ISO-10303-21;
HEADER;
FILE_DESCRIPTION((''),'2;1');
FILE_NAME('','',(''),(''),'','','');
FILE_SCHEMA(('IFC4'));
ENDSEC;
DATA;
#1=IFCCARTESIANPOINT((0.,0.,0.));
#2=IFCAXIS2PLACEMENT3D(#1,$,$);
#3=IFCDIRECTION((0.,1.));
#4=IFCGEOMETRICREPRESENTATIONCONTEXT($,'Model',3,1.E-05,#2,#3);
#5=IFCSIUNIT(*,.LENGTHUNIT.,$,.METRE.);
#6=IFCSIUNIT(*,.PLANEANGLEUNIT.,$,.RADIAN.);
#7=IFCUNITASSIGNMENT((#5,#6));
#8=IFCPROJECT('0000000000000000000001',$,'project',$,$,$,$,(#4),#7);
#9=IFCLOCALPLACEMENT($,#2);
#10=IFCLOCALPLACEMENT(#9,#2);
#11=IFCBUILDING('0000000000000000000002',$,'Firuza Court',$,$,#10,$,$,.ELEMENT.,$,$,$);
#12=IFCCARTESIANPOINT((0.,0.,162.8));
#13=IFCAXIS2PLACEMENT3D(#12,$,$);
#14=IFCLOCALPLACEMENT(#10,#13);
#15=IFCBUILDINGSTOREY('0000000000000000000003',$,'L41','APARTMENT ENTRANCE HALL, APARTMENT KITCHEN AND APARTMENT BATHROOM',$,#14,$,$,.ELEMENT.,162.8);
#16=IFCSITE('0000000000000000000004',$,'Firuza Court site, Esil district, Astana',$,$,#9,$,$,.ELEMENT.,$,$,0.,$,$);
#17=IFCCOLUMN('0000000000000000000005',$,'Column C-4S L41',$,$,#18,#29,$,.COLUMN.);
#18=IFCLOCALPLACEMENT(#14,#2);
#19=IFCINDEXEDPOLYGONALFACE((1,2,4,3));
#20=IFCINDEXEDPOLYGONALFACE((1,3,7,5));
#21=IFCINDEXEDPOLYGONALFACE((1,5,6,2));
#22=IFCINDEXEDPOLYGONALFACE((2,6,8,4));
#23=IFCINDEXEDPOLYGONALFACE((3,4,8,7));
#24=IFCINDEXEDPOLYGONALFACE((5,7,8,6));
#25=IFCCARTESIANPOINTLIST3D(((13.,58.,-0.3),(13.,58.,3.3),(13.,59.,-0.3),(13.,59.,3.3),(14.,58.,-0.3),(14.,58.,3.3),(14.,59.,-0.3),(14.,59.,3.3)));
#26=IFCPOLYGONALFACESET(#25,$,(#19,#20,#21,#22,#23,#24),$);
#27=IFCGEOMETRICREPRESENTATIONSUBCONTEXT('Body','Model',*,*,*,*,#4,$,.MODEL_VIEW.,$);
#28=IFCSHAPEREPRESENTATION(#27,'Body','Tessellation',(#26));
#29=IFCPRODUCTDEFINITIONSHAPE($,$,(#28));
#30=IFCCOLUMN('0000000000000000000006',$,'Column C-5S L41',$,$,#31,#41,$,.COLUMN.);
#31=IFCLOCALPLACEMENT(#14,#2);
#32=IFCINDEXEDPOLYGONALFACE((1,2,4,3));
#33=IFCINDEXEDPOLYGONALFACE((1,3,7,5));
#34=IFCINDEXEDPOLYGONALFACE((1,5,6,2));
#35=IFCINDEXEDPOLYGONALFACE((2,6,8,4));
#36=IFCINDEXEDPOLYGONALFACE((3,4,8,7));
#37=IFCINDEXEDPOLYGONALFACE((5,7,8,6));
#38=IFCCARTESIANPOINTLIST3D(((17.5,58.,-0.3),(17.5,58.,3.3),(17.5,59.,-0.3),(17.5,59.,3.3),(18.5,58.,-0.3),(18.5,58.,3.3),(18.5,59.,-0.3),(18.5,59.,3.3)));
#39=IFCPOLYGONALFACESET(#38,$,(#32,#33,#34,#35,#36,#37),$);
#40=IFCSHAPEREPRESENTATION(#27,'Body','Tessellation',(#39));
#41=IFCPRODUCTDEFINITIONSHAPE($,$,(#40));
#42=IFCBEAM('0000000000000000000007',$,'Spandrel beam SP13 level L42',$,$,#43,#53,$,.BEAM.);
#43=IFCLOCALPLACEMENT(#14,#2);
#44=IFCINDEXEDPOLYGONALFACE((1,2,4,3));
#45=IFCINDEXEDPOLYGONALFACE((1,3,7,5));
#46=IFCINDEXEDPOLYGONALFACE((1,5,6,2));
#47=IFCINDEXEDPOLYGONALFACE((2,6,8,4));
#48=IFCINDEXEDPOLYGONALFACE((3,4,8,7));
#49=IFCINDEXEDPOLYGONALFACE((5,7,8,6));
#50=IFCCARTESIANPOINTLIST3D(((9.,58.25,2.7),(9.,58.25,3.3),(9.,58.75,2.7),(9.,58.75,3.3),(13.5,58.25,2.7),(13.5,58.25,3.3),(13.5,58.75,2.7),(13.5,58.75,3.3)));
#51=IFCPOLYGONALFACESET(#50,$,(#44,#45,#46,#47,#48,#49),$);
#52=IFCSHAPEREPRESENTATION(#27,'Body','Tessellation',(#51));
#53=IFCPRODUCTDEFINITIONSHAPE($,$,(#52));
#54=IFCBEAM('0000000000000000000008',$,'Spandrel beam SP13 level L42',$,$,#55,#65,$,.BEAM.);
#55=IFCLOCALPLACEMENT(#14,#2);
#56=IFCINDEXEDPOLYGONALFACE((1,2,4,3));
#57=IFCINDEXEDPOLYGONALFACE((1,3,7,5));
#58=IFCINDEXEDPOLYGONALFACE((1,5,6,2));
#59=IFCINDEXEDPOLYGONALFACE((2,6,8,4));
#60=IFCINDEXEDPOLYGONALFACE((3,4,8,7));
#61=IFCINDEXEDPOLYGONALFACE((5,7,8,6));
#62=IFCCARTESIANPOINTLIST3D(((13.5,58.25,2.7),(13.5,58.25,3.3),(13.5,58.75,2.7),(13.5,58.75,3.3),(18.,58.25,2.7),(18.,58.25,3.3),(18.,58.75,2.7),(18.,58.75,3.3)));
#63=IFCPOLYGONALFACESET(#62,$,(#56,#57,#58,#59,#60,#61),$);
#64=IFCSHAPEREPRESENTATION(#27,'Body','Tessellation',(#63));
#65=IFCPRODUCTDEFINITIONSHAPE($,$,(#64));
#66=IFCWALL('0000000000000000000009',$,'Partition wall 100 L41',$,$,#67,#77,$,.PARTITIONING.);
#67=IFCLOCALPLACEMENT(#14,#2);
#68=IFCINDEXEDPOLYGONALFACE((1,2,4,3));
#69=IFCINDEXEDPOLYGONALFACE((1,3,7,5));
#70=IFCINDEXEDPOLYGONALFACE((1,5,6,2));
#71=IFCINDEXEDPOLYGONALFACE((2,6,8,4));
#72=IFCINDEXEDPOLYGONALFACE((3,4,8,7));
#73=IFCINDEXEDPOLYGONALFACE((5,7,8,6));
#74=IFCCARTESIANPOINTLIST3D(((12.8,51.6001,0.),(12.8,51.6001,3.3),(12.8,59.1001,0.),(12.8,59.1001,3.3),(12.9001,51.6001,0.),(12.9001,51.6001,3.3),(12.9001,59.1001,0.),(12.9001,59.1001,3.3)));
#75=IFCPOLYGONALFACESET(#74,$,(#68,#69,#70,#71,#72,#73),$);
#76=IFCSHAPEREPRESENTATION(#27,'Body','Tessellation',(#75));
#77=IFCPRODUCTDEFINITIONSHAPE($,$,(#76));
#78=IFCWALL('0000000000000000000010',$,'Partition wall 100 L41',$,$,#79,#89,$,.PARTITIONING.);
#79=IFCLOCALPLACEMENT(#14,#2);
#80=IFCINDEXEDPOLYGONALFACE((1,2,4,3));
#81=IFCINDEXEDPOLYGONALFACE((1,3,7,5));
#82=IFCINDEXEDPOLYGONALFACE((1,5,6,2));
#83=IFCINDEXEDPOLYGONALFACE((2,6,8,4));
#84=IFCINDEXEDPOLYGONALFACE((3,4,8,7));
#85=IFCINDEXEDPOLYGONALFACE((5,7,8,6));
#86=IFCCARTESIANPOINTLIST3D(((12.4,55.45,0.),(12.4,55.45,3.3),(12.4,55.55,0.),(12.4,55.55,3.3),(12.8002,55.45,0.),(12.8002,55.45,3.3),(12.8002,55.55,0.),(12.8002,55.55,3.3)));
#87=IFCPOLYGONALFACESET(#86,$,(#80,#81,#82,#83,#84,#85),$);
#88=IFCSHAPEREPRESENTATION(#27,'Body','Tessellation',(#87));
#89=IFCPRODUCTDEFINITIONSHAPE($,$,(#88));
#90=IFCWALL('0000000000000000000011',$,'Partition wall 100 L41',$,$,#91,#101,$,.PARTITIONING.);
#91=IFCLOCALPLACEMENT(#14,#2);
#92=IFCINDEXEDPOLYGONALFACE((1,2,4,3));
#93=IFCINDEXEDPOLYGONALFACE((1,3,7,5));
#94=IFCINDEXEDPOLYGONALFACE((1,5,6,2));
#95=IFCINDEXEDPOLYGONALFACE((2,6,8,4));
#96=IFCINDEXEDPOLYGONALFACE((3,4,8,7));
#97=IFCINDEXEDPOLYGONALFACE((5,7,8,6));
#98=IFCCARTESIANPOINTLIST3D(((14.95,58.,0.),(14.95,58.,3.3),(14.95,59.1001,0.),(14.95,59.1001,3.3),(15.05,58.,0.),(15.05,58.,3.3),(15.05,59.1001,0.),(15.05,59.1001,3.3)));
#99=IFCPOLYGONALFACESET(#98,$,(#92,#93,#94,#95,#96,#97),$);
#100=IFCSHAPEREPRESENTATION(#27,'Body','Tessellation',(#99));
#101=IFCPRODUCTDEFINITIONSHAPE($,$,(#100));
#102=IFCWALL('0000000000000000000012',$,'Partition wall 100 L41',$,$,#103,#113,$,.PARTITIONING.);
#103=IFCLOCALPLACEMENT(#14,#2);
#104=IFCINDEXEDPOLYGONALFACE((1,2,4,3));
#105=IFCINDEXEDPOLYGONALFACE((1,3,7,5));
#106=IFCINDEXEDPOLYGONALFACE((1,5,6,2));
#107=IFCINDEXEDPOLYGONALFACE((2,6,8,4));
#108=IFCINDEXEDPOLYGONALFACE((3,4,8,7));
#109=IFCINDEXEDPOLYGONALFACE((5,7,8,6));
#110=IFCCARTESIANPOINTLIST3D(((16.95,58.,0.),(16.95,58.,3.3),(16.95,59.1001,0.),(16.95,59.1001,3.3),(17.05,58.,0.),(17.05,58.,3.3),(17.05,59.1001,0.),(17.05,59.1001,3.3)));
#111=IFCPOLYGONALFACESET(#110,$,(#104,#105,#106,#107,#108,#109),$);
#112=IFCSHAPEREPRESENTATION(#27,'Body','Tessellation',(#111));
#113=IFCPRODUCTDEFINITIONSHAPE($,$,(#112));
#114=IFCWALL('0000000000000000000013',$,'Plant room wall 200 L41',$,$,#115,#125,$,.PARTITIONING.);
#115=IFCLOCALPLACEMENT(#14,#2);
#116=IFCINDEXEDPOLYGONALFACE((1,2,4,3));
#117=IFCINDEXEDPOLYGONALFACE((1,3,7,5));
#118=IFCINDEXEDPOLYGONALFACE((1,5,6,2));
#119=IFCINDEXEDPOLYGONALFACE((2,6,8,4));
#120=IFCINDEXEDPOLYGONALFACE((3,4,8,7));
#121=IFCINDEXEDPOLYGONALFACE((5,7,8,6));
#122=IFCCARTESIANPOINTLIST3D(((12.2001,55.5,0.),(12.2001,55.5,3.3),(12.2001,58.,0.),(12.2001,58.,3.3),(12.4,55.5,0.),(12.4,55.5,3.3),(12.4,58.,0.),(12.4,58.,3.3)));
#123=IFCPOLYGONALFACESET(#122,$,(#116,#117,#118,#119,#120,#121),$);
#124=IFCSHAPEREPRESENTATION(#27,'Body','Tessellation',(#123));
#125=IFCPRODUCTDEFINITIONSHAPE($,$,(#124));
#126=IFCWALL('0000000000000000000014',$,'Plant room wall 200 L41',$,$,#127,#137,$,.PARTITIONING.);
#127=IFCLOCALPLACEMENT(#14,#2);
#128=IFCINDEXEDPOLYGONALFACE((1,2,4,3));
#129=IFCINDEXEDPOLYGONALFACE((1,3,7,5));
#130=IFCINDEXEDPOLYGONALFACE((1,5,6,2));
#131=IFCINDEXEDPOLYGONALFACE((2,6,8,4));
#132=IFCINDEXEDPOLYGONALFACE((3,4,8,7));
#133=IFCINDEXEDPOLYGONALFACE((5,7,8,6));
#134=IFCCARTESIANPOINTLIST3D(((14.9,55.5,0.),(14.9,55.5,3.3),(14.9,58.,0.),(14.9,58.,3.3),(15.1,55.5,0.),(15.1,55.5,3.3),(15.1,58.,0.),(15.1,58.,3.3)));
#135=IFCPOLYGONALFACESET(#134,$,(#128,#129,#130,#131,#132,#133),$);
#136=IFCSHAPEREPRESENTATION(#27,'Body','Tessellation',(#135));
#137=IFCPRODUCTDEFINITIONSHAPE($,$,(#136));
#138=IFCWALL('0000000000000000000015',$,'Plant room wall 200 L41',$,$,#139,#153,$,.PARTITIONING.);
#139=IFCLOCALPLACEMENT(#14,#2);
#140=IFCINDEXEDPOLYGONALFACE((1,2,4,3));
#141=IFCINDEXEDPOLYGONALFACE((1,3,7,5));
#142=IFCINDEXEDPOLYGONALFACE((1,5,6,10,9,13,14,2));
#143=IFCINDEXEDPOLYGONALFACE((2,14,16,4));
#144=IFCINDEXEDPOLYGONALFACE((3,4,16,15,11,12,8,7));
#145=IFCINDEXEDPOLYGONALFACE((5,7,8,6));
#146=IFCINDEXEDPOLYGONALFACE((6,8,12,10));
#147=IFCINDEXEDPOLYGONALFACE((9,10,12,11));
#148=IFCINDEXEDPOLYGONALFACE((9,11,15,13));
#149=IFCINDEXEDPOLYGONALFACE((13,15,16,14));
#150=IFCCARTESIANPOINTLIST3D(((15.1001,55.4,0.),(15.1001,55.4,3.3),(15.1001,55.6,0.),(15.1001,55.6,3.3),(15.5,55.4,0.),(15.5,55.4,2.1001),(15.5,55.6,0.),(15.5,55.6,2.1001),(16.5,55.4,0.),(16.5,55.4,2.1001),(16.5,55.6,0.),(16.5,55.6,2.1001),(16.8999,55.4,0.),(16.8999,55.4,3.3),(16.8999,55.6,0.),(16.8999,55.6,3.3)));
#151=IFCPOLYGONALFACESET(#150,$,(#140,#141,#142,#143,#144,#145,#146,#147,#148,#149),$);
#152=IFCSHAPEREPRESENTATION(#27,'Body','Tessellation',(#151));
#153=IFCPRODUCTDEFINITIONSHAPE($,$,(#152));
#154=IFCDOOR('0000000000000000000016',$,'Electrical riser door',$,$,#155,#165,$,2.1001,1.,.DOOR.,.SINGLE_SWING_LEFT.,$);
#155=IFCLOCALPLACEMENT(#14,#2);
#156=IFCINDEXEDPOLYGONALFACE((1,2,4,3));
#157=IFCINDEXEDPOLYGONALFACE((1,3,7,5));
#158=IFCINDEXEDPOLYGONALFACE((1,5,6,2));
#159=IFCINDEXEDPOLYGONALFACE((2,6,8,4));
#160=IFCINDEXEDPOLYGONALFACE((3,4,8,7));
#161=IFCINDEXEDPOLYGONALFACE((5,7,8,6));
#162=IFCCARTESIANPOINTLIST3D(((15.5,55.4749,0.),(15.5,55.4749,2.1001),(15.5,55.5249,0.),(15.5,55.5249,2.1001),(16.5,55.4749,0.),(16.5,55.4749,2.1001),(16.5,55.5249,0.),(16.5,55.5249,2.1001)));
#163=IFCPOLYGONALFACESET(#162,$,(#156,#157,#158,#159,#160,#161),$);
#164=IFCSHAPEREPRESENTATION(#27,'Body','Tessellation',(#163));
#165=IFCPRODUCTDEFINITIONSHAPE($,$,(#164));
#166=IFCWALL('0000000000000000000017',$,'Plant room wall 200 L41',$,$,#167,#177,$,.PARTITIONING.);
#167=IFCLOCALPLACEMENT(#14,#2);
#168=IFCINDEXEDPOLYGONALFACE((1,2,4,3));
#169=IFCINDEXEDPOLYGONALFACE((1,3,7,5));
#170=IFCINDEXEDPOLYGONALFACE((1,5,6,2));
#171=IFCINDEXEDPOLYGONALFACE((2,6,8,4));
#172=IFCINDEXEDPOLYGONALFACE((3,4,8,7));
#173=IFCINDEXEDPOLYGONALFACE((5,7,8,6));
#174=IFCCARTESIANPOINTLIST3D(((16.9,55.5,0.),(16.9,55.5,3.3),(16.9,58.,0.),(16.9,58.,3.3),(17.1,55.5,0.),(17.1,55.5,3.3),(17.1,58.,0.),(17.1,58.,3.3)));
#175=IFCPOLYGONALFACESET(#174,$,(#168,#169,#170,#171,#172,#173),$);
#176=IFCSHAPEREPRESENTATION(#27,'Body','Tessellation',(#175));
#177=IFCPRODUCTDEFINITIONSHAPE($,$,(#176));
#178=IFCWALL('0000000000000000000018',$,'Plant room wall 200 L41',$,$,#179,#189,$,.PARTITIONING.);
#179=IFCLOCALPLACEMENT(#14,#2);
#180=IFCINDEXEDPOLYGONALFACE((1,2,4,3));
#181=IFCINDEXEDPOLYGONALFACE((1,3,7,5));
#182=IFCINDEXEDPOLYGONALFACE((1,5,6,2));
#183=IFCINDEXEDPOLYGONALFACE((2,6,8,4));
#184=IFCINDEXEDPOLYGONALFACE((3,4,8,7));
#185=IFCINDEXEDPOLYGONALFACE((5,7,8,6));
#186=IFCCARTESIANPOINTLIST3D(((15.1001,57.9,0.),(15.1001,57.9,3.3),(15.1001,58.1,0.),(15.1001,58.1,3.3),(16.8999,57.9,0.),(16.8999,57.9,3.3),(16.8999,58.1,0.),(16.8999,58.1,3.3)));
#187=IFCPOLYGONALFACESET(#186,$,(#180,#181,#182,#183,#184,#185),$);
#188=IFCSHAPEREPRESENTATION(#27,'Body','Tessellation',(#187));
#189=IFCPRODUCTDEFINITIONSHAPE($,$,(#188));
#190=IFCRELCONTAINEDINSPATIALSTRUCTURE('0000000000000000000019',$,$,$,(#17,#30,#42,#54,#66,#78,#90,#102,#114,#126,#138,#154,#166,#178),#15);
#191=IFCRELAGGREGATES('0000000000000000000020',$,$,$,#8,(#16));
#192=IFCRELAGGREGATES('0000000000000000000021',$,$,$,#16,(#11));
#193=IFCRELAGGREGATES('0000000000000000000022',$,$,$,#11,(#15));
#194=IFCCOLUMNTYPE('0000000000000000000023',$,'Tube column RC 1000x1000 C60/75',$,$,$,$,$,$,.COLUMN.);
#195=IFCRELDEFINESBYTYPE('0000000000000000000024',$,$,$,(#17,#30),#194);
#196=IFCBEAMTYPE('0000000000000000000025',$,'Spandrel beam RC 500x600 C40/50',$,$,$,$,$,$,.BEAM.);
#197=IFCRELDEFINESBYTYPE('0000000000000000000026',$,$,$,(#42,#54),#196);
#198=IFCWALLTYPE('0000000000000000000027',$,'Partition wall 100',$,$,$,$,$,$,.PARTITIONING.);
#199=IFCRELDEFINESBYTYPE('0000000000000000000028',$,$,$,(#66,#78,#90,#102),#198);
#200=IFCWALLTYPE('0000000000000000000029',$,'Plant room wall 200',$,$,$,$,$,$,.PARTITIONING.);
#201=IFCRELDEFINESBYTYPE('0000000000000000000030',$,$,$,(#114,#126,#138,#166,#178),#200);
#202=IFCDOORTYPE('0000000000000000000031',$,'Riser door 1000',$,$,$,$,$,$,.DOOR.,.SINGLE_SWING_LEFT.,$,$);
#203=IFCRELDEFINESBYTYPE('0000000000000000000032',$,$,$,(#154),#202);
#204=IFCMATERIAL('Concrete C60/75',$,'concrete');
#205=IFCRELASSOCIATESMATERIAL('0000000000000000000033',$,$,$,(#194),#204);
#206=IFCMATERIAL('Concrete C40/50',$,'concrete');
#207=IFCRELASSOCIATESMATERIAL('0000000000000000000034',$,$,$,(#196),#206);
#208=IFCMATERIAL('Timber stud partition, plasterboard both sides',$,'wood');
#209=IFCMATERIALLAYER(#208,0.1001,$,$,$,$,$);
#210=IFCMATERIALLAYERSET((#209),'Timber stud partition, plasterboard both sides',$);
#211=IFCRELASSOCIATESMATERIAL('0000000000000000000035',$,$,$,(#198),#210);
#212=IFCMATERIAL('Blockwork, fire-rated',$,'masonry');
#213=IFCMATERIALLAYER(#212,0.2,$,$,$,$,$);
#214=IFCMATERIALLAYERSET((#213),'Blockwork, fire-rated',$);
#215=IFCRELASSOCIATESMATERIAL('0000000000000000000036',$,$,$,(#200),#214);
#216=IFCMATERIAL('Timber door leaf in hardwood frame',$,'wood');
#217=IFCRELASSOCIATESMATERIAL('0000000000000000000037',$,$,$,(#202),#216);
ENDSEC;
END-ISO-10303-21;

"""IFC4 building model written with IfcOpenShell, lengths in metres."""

from ifc_helpers import new_model, si_unit, direction, frame, frame_2d, origin, origin_2d, place, context, subcontext, project, spatial, rectangle, extrude, material, layer, layer_set, material_profile, profile_set, type_object, element, fill, save


model = new_model("IFC4")

# Units and contexts
model_context = context("Model", 3, precision=1e-05, world=origin(), true_north=direction((0.0, 1.0)))
body_context = subcontext(model_context, "Body", "Model", "MODEL_VIEW")
ifc_project = project(units=[si_unit("LENGTHUNIT", "METRE"), si_unit("PLANEANGLEUNIT", "RADIAN")], contexts=[model_context])

# Site, building, storey
site_placement = place(None, origin())
site = spatial("IfcSite", under=ifc_project, at=site_placement, Name="Firuza Court site, Esil district, Astana", CompositionType="ELEMENT", RefElevation=0.0)
building_placement = place(site_placement, origin())
building = spatial("IfcBuilding", under=site, at=building_placement, Name="Firuza Court", CompositionType="ELEMENT")
storey_placement = place(building_placement, frame((0.0, 0.0, 162.8)))
storey = spatial("IfcBuildingStorey", under=building, at=storey_placement, Name="L41", Description="APARTMENT ENTRANCE HALL, APARTMENT KITCHEN AND APARTMENT BATHROOM", CompositionType="ELEMENT", Elevation=162.8)

# Columns
ifc_material_1 = material(Name="Concrete C60/75", Category="concrete")
ifc_material_profile_1 = material_profile(ifc_material_1, rectangle(XDim=1.0, YDim=1.0, at=origin_2d()), Name="RC 1000x1000")
ifc_profile_set_1 = profile_set([ifc_material_profile_1], Name="Concrete C60/75")
column_type = type_object("IfcColumnType", Name="Tube column RC 1000x1000 C60/75", PredefinedType="COLUMN", material=ifc_profile_set_1)
for number, where, z_axis, x_axis, name in (
    (1, (13.5, 58.5, -0.3), (0.0, 0.0, 1.0), (1.0, 0.0, 0.0), "Column C-4S L41"),
    (2, (18.0, 58.5, -0.3), (0.0, 0.0, 1.0), (1.0, 0.0, 0.0), "Column C-5S L41"),
):
    element("IfcColumn", number, at=place(storey_placement, frame(where, z_axis=z_axis, x_axis=x_axis)), inside=storey, type_object=column_type, Name=name, PredefinedType="COLUMN", context=body_context, shape_type="SweptSolid", body=[
        extrude(rectangle(XDim=1.0, YDim=1.0, at=origin_2d()), origin(), (0.0, 0.0, 1.0), 3.6001),
    ])

# Beams
ifc_material_2 = material(Name="Concrete C40/50", Category="concrete")
ifc_material_profile_2 = material_profile(ifc_material_2, rectangle(XDim=0.5, YDim=0.6001, at=origin_2d()), Name="RC 500x600")
ifc_profile_set_2 = profile_set([ifc_material_profile_2], Name="Concrete C40/50")
beam_type = type_object("IfcBeamType", Name="Spandrel beam RC 500x600 C40/50", PredefinedType="BEAM", material=ifc_profile_set_2)
for number, where, z_axis, x_axis, name in (
    (3, (13.5, 58.5, 3.0), (-1.0, 0.0, 0.0), (0.0, -1.0, 0.0), "Spandrel beam SP13 level L42"),
    (4, (18.0, 58.5, 3.0), (-1.0, 0.0, 0.0), (0.0, -1.0, 0.0), "Spandrel beam SP13 level L42"),
):
    element("IfcBeam", number, at=place(storey_placement, frame(where, z_axis=z_axis, x_axis=x_axis)), inside=storey, type_object=beam_type, Name=name, PredefinedType="BEAM", context=body_context, shape_type="SweptSolid", body=[
        extrude(rectangle(XDim=0.5, YDim=0.6001, at=origin_2d()), origin(), (0.0, 0.0, 1.0), 4.5),
    ])

# Walls
ifc_material_3 = material(Name="Timber stud partition, plasterboard both sides", Category="wood")
ifc_layer_1 = layer(ifc_material_3, 0.1001)
ifc_layer_set_1 = layer_set([ifc_layer_1], Name="Timber stud partition, plasterboard both sides")
wall_type_1 = type_object("IfcWallType", Name="Partition wall 100", PredefinedType="PARTITIONING", material=ifc_layer_set_1)
wall_1_placement = place(storey_placement, frame((12.8501, 51.6001, 0.0), z_axis=(0.0, 0.0, 1.0), x_axis=(0.0, 1.0, 0.0)))
element("IfcWall", 5, at=wall_1_placement, inside=storey, type_object=wall_type_1, Name="Partition wall 100 L41", PredefinedType="PARTITIONING", context=body_context, shape_type="SweptSolid", body=[
    extrude(rectangle(XDim=7.5, YDim=0.1001, at=frame_2d((3.75, 0.0))), origin(), (0.0, 0.0, 1.0), 3.3),
])
wall_2_placement = place(storey_placement, frame((12.3999, 55.5, 0.0), z_axis=(0.0, 0.0, 1.0), x_axis=(1.0, 0.0, 0.0)))
element("IfcWall", 6, at=wall_2_placement, inside=storey, type_object=wall_type_1, Name="Partition wall 100 L41", PredefinedType="PARTITIONING", context=body_context, shape_type="SweptSolid", body=[
    extrude(rectangle(XDim=0.4001, YDim=0.1001, at=frame_2d((0.2002, 0.0))), origin(), (0.0, 0.0, 1.0), 3.3),
])
for number, where, z_axis, x_axis, name in (
    (7, (15.0, 58.0, 0.0), (0.0, 0.0, 1.0), (0.0, 1.0, 0.0), "Partition wall 100 L41"),
    (8, (17.0, 58.0, 0.0), (0.0, 0.0, 1.0), (0.0, 1.0, 0.0), "Partition wall 100 L41"),
):
    element("IfcWall", number, at=place(storey_placement, frame(where, z_axis=z_axis, x_axis=x_axis)), inside=storey, type_object=wall_type_1, Name=name, PredefinedType="PARTITIONING", context=body_context, shape_type="SweptSolid", body=[
        extrude(rectangle(XDim=1.1001, YDim=0.1001, at=frame_2d((0.55, 0.0))), origin(), (0.0, 0.0, 1.0), 3.3),
    ])
ifc_material_4 = material(Name="Blockwork, fire-rated", Category="masonry")
ifc_layer_2 = layer(ifc_material_4, 0.2)
ifc_layer_set_2 = layer_set([ifc_layer_2], Name="Blockwork, fire-rated")
wall_type_2 = type_object("IfcWallType", Name="Plant room wall 200", PredefinedType="PARTITIONING", material=ifc_layer_set_2)
for number, where, z_axis, x_axis, name in (
    (9, (12.3, 55.5, 0.0), (0.0, 0.0, 1.0), (0.0, 1.0, 0.0), "Plant room wall 200 L41"),
    (10, (15.0, 55.5, 0.0), (0.0, 0.0, 1.0), (0.0, 1.0, 0.0), "Plant room wall 200 L41"),
):
    element("IfcWall", number, at=place(storey_placement, frame(where, z_axis=z_axis, x_axis=x_axis)), inside=storey, type_object=wall_type_2, Name=name, PredefinedType="PARTITIONING", context=body_context, shape_type="SweptSolid", body=[
        extrude(rectangle(XDim=2.5, YDim=0.2, at=frame_2d((1.25, 0.0))), origin(), (0.0, 0.0, 1.0), 3.3),
    ])

# Wall, opening, door
wall_3_placement = place(storey_placement, frame((15.1001, 55.5, 0.0), z_axis=(0.0, 0.0, 1.0), x_axis=(1.0, 0.0, 0.0)))
wall_3 = element("IfcWall", 11, at=wall_3_placement, inside=storey, type_object=wall_type_2, Name="Plant room wall 200 L41", PredefinedType="PARTITIONING", context=body_context, shape_type="SweptSolid", body=[
    extrude(rectangle(XDim=1.7998, YDim=0.2, at=frame_2d((0.8999, 0.0))), origin(), (0.0, 0.0, 1.0), 3.3),
])
opening_placement = place(wall_3_placement, frame((0.3999, 0.0, 0.0)))
opening = element("IfcOpeningElement", 12, at=opening_placement, cuts=wall_3, PredefinedType="OPENING", context=body_context, shape_type="SweptSolid", body=[
    extrude(rectangle(XDim=1.0, YDim=2.1001, at=frame_2d((0.5, 1.05))), frame((0.0, 0.1118, 0.0), z_axis=(0.0, -1.0, 0.0), x_axis=(1.0, 0.0, 0.0)), (0.0, 0.0, 1.0), 0.2239),
])
ifc_material_5 = material(Name="Timber door leaf in hardwood frame", Category="wood")
door_type = type_object("IfcDoorType", Name="Riser door 1000", OperationType="SINGLE_SWING_LEFT", PredefinedType="DOOR", material=ifc_material_5)
door_placement = place(opening_placement, origin())
door = element("IfcDoor", 13, at=door_placement, inside=storey, type_object=door_type, Name="Electrical riser door", OperationType="SINGLE_SWING_LEFT", OverallHeight=2.1001, OverallWidth=1.0, PredefinedType="DOOR", context=body_context, shape_type="SweptSolid", body=[
    extrude(rectangle(XDim=1.0, YDim=2.1001, at=frame_2d((0.5, 1.05))), frame((0.0, 0.0249, 0.0), z_axis=(0.0, -1.0, 0.0), x_axis=(1.0, 0.0, 0.0)), (0.0, 0.0, 1.0), 0.05),
])
fill(opening, door)

# Walls
wall_4_placement = place(storey_placement, frame((17.0, 55.5, 0.0), z_axis=(0.0, 0.0, 1.0), x_axis=(0.0, 1.0, 0.0)))
element("IfcWall", 14, at=wall_4_placement, inside=storey, type_object=wall_type_2, Name="Plant room wall 200 L41", PredefinedType="PARTITIONING", context=body_context, shape_type="SweptSolid", body=[
    extrude(rectangle(XDim=2.5, YDim=0.2, at=frame_2d((1.25, 0.0))), origin(), (0.0, 0.0, 1.0), 3.3),
])
wall_5_placement = place(storey_placement, frame((15.1001, 58.0, 0.0), z_axis=(0.0, 0.0, 1.0), x_axis=(1.0, 0.0, 0.0)))
element("IfcWall", 15, at=wall_5_placement, inside=storey, type_object=wall_type_2, Name="Plant room wall 200 L41", PredefinedType="PARTITIONING", context=body_context, shape_type="SweptSolid", body=[
    extrude(rectangle(XDim=1.7998, YDim=0.2, at=frame_2d((0.8999, 0.0))), origin(), (0.0, 0.0, 1.0), 3.3),
])

save(model, "model.ifc")
